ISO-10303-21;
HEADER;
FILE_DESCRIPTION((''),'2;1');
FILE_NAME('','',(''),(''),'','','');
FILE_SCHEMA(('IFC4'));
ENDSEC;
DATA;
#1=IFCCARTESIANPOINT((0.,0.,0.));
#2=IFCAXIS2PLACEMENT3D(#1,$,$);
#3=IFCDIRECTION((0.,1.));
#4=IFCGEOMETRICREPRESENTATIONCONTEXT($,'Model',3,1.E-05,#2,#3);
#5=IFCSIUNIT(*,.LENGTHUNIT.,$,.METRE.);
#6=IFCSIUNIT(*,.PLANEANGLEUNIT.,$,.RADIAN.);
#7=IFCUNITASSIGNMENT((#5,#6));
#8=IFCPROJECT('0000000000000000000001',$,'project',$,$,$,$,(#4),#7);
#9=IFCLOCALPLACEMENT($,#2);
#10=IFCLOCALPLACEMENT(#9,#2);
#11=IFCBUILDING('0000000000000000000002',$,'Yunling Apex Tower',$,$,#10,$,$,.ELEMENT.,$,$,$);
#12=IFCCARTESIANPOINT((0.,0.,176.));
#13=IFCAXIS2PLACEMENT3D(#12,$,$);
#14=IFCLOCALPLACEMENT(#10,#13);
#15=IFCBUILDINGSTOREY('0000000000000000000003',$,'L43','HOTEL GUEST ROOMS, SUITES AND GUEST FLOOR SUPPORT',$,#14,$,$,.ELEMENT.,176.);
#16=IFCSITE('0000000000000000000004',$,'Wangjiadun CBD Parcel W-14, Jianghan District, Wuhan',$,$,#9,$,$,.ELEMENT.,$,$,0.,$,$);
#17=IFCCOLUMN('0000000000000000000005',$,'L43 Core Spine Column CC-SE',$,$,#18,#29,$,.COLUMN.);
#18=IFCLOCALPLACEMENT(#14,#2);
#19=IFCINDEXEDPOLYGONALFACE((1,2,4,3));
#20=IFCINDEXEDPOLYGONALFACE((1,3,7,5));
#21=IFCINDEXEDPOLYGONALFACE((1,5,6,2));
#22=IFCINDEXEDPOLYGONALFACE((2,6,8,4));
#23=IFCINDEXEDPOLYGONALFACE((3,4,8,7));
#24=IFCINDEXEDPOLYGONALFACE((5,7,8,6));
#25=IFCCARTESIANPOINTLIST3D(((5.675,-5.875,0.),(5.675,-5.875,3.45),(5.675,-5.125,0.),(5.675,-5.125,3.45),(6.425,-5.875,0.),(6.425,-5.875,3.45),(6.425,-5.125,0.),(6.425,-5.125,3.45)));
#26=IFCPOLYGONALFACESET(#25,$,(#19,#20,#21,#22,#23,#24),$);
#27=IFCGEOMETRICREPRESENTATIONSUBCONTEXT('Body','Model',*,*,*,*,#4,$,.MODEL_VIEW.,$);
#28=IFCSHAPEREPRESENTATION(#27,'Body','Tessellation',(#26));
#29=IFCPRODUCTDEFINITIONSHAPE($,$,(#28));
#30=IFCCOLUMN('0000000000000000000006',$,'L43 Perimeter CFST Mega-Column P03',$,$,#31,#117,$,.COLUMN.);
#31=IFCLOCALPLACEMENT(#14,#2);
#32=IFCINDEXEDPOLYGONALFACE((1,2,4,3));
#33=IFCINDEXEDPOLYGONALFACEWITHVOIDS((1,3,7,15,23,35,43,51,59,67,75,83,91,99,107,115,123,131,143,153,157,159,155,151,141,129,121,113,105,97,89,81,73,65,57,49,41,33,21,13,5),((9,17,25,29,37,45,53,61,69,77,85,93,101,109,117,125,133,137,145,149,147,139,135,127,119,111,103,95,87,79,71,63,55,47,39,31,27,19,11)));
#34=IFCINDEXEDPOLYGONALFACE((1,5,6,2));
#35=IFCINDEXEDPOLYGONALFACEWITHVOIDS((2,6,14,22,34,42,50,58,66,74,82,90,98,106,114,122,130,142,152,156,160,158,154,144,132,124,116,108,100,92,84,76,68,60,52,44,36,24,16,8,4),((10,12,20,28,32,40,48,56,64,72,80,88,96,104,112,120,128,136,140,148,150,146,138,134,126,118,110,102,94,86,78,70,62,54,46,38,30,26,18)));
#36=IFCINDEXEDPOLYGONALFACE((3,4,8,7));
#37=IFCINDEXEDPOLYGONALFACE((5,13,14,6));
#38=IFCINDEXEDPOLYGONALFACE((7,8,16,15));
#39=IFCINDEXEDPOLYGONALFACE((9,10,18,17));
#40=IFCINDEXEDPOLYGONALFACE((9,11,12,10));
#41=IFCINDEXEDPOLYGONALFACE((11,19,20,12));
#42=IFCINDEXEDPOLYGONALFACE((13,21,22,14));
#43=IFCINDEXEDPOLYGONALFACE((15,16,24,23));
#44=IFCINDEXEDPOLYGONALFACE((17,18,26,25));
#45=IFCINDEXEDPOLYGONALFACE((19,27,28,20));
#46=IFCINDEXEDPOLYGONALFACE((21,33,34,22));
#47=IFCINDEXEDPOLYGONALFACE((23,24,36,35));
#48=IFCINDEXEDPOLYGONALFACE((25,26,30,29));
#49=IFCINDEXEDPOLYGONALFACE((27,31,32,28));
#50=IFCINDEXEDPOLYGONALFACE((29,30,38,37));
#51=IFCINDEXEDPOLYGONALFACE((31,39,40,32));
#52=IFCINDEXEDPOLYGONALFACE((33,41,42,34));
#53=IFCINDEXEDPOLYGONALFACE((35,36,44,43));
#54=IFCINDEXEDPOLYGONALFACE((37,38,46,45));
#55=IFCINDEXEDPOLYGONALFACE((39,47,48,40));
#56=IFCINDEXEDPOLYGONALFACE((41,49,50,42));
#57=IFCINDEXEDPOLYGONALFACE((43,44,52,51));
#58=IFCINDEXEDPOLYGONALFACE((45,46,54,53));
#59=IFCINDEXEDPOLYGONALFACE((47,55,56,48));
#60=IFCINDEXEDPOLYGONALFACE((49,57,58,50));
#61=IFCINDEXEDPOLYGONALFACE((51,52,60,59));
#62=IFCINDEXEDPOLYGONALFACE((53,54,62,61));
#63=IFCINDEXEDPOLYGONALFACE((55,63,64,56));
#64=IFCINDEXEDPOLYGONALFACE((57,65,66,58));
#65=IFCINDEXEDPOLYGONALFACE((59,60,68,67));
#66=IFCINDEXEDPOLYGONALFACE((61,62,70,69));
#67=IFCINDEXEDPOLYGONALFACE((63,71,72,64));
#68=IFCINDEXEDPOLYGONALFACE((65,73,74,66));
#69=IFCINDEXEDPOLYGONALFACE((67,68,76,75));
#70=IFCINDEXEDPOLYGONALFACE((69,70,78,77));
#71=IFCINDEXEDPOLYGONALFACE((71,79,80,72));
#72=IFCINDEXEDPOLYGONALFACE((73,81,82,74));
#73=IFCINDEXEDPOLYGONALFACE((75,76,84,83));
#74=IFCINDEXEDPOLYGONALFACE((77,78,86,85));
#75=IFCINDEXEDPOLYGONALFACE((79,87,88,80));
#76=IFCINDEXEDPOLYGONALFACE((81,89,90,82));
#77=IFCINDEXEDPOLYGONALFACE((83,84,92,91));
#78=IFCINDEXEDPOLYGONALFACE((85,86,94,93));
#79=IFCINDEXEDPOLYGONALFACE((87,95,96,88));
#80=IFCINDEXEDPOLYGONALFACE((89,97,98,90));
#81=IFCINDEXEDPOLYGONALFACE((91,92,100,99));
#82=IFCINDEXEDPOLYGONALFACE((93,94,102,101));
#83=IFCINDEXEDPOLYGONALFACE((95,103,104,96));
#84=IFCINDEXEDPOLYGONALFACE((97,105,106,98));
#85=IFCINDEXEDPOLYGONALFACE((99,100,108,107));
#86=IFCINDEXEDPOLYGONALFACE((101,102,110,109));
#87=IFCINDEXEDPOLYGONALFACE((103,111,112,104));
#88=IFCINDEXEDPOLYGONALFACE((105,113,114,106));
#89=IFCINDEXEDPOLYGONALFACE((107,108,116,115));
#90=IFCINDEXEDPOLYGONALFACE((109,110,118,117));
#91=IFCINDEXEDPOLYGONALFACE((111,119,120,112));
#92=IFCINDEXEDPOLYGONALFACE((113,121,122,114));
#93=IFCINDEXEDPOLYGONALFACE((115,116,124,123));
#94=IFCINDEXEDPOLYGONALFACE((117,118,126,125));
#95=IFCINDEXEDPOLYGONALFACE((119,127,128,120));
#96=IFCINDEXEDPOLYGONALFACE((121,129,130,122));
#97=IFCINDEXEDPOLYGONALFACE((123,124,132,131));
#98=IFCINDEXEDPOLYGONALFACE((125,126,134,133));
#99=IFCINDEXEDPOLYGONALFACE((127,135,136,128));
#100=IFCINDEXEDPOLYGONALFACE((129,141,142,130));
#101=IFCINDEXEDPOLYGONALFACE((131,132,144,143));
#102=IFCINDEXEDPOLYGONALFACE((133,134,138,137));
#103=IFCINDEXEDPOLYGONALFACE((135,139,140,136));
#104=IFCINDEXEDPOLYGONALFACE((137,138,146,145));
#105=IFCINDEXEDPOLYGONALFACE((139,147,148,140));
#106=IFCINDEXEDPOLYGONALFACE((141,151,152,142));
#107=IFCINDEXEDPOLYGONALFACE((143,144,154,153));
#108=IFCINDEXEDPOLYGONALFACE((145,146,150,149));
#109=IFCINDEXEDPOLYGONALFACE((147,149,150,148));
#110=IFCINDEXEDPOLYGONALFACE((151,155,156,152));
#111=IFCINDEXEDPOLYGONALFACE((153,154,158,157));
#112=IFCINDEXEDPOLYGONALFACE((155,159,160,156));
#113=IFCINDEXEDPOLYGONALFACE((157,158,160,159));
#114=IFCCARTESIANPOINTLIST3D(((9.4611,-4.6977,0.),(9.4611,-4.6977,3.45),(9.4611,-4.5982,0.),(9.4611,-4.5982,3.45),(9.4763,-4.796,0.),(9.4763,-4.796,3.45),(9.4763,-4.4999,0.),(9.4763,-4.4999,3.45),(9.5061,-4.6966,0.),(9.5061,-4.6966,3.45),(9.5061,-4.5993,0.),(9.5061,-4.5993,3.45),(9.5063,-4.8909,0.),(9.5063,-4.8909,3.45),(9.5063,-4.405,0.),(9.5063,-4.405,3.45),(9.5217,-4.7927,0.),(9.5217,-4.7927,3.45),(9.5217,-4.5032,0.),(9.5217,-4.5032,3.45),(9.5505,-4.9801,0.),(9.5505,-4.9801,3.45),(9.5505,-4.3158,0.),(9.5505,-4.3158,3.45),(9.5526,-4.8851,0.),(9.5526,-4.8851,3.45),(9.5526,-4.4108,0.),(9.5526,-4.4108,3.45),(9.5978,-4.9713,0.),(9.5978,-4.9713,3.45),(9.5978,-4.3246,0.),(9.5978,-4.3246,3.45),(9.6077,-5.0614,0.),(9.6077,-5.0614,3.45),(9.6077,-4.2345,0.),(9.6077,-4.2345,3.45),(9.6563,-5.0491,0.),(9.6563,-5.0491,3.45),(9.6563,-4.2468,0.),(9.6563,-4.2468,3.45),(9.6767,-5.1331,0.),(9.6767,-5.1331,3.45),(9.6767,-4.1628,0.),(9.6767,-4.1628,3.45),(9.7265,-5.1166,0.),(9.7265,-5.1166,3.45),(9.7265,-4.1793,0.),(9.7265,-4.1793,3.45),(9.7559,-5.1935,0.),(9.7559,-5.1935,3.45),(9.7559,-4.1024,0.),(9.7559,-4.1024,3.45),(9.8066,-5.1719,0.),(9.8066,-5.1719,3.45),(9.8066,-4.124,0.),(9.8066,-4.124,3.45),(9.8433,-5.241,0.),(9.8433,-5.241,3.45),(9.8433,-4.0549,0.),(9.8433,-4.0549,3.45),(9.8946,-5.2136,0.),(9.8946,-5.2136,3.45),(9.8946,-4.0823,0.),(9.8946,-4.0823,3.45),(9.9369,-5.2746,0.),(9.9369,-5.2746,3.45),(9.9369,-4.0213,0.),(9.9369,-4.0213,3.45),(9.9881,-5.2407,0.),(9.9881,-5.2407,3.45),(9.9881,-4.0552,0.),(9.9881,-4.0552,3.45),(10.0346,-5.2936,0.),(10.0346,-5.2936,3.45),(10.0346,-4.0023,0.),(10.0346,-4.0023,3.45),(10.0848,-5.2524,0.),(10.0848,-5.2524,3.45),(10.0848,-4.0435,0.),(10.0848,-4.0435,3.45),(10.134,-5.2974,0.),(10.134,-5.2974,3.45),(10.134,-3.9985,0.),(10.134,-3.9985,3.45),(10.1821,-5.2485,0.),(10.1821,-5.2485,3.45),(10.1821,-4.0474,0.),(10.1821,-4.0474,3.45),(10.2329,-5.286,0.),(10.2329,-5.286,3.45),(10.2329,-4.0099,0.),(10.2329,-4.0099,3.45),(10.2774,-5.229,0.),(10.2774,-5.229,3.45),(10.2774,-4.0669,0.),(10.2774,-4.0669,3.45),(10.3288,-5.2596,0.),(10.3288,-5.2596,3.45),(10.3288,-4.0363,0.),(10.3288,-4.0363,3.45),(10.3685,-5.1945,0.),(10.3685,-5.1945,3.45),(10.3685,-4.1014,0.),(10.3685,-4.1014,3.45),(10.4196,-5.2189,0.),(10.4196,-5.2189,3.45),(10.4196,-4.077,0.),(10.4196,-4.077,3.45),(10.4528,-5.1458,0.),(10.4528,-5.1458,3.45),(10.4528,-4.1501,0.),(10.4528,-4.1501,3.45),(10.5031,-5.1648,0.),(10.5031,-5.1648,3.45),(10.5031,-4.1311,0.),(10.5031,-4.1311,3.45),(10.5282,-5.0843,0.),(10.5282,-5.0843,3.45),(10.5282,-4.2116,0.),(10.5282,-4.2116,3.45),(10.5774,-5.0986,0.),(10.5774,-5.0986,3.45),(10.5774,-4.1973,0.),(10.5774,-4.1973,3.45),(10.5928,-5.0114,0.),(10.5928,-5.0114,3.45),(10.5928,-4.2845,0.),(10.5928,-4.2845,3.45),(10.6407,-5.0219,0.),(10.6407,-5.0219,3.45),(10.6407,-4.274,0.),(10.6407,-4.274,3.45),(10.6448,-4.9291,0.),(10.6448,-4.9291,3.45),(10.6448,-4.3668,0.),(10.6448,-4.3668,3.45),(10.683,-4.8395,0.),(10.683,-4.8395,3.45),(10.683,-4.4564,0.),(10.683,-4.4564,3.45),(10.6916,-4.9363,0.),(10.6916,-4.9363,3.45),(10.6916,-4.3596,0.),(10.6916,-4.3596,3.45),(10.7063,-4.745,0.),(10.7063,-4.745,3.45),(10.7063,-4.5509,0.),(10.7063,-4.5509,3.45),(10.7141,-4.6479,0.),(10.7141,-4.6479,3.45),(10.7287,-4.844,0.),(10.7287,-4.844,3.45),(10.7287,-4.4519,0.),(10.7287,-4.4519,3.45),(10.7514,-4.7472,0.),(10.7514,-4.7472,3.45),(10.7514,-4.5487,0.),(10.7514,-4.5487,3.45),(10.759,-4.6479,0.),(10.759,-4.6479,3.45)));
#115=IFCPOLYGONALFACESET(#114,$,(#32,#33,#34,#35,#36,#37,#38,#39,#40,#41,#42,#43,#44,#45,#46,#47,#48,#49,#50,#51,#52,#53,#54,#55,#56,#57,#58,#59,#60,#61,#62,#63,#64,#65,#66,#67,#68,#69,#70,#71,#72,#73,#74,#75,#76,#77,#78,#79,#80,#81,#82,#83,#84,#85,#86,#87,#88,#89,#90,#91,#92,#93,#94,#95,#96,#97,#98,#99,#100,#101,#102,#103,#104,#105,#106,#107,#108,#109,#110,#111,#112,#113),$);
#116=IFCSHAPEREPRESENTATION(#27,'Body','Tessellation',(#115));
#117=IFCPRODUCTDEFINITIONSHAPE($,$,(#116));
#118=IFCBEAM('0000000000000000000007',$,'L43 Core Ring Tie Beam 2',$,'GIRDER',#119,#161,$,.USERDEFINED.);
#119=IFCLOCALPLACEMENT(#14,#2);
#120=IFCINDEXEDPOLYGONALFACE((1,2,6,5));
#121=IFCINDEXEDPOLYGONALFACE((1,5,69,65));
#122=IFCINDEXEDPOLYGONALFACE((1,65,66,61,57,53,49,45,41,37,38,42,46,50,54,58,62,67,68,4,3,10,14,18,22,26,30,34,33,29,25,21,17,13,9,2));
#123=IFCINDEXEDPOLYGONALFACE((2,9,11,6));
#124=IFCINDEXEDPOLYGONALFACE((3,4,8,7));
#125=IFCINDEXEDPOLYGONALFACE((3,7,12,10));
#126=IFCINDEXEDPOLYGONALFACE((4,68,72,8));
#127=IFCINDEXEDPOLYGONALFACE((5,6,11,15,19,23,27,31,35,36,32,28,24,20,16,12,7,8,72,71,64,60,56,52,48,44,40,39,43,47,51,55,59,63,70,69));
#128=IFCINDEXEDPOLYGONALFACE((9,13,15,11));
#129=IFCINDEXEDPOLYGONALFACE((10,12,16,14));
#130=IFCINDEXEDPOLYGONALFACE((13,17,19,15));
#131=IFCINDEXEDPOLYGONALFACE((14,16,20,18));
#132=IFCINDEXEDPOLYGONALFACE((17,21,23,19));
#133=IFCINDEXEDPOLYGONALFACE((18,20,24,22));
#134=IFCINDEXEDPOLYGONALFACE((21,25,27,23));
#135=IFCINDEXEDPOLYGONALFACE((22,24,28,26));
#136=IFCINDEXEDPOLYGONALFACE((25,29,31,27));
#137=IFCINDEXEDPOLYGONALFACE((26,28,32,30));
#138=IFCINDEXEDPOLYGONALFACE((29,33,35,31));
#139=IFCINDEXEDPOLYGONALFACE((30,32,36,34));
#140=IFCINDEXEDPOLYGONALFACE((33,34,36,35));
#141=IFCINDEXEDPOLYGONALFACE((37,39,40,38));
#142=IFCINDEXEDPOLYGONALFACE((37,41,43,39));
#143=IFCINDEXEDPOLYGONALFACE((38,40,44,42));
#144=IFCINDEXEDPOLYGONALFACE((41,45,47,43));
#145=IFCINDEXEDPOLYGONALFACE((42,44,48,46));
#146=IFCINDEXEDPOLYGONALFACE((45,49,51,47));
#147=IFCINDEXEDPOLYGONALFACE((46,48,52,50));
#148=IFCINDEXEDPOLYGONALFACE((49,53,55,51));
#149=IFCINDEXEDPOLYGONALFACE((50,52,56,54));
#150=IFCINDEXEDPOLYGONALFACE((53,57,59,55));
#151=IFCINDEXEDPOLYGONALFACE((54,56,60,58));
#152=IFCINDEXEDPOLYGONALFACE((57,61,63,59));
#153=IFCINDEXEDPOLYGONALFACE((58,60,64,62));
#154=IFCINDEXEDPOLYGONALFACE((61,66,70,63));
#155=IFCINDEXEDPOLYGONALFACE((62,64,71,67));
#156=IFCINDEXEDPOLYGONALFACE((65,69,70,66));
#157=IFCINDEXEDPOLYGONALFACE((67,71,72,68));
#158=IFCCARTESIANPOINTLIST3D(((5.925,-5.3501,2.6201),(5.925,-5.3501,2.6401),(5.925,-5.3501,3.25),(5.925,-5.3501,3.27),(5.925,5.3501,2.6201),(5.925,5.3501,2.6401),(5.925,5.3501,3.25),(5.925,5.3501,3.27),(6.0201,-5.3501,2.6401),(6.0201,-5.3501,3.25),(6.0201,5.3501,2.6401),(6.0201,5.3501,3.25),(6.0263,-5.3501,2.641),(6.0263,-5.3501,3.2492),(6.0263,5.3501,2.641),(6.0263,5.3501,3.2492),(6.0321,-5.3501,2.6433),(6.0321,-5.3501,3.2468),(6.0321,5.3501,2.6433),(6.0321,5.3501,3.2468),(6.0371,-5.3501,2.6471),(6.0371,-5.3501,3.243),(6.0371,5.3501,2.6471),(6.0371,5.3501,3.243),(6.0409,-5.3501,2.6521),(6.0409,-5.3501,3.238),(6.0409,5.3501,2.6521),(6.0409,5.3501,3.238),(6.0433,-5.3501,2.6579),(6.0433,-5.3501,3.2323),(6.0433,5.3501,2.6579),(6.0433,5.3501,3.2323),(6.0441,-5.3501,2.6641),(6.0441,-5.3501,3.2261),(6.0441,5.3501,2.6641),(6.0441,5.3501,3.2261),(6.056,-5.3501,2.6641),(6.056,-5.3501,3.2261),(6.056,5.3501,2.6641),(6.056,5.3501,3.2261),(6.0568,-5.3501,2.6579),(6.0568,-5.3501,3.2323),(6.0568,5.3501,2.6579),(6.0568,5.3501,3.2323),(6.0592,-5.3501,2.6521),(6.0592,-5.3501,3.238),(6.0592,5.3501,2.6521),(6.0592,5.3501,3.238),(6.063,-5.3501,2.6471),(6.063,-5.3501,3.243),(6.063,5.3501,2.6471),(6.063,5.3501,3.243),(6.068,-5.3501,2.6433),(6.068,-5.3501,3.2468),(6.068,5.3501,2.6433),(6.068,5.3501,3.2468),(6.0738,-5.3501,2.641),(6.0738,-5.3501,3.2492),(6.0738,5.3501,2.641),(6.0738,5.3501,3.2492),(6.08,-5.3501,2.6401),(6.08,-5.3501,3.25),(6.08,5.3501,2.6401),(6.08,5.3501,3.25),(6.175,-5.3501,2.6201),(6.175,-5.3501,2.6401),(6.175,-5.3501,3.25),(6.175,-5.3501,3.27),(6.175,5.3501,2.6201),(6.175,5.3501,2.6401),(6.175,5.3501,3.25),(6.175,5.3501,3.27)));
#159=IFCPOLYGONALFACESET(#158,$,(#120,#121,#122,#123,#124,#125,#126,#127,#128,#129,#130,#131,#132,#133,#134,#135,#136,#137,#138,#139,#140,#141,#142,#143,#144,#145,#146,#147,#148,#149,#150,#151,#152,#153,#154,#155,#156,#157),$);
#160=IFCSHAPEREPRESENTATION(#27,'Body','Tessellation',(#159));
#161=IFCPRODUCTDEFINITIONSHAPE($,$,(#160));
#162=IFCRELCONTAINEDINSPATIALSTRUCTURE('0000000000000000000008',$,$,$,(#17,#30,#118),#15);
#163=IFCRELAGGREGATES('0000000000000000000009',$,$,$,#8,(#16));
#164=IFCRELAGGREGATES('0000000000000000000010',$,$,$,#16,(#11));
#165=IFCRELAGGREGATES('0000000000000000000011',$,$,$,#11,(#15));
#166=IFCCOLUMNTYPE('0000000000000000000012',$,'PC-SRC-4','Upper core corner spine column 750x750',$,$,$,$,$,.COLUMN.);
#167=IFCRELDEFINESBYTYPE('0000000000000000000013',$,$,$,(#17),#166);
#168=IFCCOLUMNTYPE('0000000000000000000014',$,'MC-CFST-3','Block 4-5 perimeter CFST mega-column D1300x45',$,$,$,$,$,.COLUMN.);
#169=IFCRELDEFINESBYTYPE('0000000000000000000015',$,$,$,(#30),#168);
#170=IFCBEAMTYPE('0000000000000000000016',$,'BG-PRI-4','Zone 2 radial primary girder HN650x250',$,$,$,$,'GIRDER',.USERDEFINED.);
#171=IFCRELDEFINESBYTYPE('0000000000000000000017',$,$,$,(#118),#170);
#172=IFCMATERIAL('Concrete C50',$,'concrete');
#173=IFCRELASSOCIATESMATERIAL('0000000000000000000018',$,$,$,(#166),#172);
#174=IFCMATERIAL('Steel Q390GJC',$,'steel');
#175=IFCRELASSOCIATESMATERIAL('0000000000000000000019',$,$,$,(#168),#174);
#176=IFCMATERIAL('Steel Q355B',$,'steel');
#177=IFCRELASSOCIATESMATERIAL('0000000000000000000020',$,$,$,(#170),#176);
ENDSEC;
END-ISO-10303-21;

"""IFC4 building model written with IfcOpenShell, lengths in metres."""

from ifc_helpers import new_model, si_unit, direction, frame, origin, origin_2d, place, context, subcontext, project, spatial, rectangle, hollow_circle, i_section, extrude, source, transform, mapped, material, material_profile, profile_set, type_object, element, save


model = new_model("IFC4")

# Units and contexts
model_context = context("Model", 3, precision=1e-05, world=origin(), true_north=direction((0.0, 1.0)))
body_context = subcontext(model_context, "Body", "Model", "MODEL_VIEW")
ifc_project = project(units=[si_unit("LENGTHUNIT", "METRE"), si_unit("PLANEANGLEUNIT", "RADIAN")], contexts=[model_context])

# Site, building, storey
site_placement = place(None, origin())
site = spatial("IfcSite", under=ifc_project, at=site_placement, Name="Wangjiadun CBD Parcel W-14, Jianghan District, Wuhan", CompositionType="ELEMENT", RefElevation=0.0)
building_placement = place(site_placement, origin())
building = spatial("IfcBuilding", under=site, at=building_placement, Name="Yunling Apex Tower", CompositionType="ELEMENT")
storey_placement = place(building_placement, frame((0.0, 0.0, 176.0)))
storey = spatial("IfcBuildingStorey", under=building, at=storey_placement, Name="L43", Description="HOTEL GUEST ROOMS, SUITES AND GUEST FLOOR SUPPORT", CompositionType="ELEMENT", Elevation=176.0)

# Columns
ifc_material_1 = material(Name="Concrete C50", Category="concrete")
ifc_material_profile_1 = material_profile(ifc_material_1, rectangle(XDim=0.75, YDim=0.75, at=origin_2d()))
ifc_profile_set_1 = profile_set([ifc_material_profile_1], Name="Concrete C50")
column_type_1 = type_object("IfcColumnType", Name="PC-SRC-4", Description="Upper core corner spine column 750x750", PredefinedType="COLUMN", material=ifc_profile_set_1)
shared_shape_1 = source(origin(), body_context, "Body", "SweptSolid", [
    extrude(rectangle(XDim=0.75, YDim=0.75, at=origin_2d()), origin(), (0.0, 0.0, 1.0), 3.45),
])
column_1_placement = place(storey_placement, frame((6.05, -5.5, 0.0), z_axis=(0.0, 0.0, 1.0), x_axis=(1.0, 0.0, 0.0)))
element("IfcColumn", 1, at=column_1_placement, inside=storey, type_object=column_type_1, Name="L43 Core Spine Column CC-SE", PredefinedType="COLUMN", context=body_context, shape_type="MappedRepresentation", body=[
    mapped(shared_shape_1, transform((0.0, 0.0, 0.0), scale=1.0)),
])
ifc_material_2 = material(Name="Steel Q390GJC", Category="steel")
ifc_material_profile_2 = material_profile(ifc_material_2, hollow_circle(Radius=0.6499, WallThickness=0.0449, at=origin_2d()))
ifc_profile_set_2 = profile_set([ifc_material_profile_2], Name="Steel Q390GJC")
column_type_2 = type_object("IfcColumnType", Name="MC-CFST-3", Description="Block 4-5 perimeter CFST mega-column D1300x45", PredefinedType="COLUMN", material=ifc_profile_set_2)
shared_shape_2 = source(origin(), body_context, "Body", "SweptSolid", [
    extrude(hollow_circle(Radius=0.6499, WallThickness=0.0449, at=origin_2d()), origin(), (0.0, 0.0, 1.0), 3.45),
])
column_2_placement = place(storey_placement, frame((10.1091, -4.6479, 0.0), z_axis=(0.0, 0.0, 1.0), x_axis=(1.0, 0.0, 0.0)))
element("IfcColumn", 2, at=column_2_placement, inside=storey, type_object=column_type_2, Name="L43 Perimeter CFST Mega-Column P03", PredefinedType="COLUMN", context=body_context, shape_type="MappedRepresentation", body=[
    mapped(shared_shape_2, transform((0.0, 0.0, 0.0), scale=1.0)),
])

# Beam
ifc_material_3 = material(Name="Steel Q355B", Category="steel")
ifc_material_profile_3 = material_profile(ifc_material_3, i_section(OverallWidth=0.25, OverallDepth=0.6499, WebThickness=0.012, FlangeThickness=0.02, FilletRadius=0.0239, at=origin_2d()))
ifc_profile_set_3 = profile_set([ifc_material_profile_3], Name="Steel Q355B")
beam_type_1 = type_object("IfcBeamType", Name="BG-PRI-4", Description="Zone 2 radial primary girder HN650x250", ElementType="GIRDER", PredefinedType="USERDEFINED", material=ifc_profile_set_3)
shared_shape_3 = source(origin(), body_context, "Body", "SweptSolid", [
    extrude(i_section(OverallWidth=0.25, OverallDepth=0.6499, WebThickness=0.012, FlangeThickness=0.02, FilletRadius=0.0239, at=origin_2d()), origin(), (0.0, 0.0, 1.0), 10.7002),
])
beam_1_placement = place(storey_placement, frame((6.05, -5.3501, 2.9451), z_axis=(0.0, 1.0, 0.0), x_axis=(-1.0, 0.0, 0.0)))
element("IfcBeam", 3, at=beam_1_placement, inside=storey, type_object=beam_type_1, Name="L43 Core Ring Tie Beam 2", ObjectType="GIRDER", PredefinedType="USERDEFINED", context=body_context, shape_type="MappedRepresentation", body=[
    mapped(shared_shape_3, transform((0.0, 0.0, 0.0), scale=1.0)),
])

save(model, "model.ifc")
